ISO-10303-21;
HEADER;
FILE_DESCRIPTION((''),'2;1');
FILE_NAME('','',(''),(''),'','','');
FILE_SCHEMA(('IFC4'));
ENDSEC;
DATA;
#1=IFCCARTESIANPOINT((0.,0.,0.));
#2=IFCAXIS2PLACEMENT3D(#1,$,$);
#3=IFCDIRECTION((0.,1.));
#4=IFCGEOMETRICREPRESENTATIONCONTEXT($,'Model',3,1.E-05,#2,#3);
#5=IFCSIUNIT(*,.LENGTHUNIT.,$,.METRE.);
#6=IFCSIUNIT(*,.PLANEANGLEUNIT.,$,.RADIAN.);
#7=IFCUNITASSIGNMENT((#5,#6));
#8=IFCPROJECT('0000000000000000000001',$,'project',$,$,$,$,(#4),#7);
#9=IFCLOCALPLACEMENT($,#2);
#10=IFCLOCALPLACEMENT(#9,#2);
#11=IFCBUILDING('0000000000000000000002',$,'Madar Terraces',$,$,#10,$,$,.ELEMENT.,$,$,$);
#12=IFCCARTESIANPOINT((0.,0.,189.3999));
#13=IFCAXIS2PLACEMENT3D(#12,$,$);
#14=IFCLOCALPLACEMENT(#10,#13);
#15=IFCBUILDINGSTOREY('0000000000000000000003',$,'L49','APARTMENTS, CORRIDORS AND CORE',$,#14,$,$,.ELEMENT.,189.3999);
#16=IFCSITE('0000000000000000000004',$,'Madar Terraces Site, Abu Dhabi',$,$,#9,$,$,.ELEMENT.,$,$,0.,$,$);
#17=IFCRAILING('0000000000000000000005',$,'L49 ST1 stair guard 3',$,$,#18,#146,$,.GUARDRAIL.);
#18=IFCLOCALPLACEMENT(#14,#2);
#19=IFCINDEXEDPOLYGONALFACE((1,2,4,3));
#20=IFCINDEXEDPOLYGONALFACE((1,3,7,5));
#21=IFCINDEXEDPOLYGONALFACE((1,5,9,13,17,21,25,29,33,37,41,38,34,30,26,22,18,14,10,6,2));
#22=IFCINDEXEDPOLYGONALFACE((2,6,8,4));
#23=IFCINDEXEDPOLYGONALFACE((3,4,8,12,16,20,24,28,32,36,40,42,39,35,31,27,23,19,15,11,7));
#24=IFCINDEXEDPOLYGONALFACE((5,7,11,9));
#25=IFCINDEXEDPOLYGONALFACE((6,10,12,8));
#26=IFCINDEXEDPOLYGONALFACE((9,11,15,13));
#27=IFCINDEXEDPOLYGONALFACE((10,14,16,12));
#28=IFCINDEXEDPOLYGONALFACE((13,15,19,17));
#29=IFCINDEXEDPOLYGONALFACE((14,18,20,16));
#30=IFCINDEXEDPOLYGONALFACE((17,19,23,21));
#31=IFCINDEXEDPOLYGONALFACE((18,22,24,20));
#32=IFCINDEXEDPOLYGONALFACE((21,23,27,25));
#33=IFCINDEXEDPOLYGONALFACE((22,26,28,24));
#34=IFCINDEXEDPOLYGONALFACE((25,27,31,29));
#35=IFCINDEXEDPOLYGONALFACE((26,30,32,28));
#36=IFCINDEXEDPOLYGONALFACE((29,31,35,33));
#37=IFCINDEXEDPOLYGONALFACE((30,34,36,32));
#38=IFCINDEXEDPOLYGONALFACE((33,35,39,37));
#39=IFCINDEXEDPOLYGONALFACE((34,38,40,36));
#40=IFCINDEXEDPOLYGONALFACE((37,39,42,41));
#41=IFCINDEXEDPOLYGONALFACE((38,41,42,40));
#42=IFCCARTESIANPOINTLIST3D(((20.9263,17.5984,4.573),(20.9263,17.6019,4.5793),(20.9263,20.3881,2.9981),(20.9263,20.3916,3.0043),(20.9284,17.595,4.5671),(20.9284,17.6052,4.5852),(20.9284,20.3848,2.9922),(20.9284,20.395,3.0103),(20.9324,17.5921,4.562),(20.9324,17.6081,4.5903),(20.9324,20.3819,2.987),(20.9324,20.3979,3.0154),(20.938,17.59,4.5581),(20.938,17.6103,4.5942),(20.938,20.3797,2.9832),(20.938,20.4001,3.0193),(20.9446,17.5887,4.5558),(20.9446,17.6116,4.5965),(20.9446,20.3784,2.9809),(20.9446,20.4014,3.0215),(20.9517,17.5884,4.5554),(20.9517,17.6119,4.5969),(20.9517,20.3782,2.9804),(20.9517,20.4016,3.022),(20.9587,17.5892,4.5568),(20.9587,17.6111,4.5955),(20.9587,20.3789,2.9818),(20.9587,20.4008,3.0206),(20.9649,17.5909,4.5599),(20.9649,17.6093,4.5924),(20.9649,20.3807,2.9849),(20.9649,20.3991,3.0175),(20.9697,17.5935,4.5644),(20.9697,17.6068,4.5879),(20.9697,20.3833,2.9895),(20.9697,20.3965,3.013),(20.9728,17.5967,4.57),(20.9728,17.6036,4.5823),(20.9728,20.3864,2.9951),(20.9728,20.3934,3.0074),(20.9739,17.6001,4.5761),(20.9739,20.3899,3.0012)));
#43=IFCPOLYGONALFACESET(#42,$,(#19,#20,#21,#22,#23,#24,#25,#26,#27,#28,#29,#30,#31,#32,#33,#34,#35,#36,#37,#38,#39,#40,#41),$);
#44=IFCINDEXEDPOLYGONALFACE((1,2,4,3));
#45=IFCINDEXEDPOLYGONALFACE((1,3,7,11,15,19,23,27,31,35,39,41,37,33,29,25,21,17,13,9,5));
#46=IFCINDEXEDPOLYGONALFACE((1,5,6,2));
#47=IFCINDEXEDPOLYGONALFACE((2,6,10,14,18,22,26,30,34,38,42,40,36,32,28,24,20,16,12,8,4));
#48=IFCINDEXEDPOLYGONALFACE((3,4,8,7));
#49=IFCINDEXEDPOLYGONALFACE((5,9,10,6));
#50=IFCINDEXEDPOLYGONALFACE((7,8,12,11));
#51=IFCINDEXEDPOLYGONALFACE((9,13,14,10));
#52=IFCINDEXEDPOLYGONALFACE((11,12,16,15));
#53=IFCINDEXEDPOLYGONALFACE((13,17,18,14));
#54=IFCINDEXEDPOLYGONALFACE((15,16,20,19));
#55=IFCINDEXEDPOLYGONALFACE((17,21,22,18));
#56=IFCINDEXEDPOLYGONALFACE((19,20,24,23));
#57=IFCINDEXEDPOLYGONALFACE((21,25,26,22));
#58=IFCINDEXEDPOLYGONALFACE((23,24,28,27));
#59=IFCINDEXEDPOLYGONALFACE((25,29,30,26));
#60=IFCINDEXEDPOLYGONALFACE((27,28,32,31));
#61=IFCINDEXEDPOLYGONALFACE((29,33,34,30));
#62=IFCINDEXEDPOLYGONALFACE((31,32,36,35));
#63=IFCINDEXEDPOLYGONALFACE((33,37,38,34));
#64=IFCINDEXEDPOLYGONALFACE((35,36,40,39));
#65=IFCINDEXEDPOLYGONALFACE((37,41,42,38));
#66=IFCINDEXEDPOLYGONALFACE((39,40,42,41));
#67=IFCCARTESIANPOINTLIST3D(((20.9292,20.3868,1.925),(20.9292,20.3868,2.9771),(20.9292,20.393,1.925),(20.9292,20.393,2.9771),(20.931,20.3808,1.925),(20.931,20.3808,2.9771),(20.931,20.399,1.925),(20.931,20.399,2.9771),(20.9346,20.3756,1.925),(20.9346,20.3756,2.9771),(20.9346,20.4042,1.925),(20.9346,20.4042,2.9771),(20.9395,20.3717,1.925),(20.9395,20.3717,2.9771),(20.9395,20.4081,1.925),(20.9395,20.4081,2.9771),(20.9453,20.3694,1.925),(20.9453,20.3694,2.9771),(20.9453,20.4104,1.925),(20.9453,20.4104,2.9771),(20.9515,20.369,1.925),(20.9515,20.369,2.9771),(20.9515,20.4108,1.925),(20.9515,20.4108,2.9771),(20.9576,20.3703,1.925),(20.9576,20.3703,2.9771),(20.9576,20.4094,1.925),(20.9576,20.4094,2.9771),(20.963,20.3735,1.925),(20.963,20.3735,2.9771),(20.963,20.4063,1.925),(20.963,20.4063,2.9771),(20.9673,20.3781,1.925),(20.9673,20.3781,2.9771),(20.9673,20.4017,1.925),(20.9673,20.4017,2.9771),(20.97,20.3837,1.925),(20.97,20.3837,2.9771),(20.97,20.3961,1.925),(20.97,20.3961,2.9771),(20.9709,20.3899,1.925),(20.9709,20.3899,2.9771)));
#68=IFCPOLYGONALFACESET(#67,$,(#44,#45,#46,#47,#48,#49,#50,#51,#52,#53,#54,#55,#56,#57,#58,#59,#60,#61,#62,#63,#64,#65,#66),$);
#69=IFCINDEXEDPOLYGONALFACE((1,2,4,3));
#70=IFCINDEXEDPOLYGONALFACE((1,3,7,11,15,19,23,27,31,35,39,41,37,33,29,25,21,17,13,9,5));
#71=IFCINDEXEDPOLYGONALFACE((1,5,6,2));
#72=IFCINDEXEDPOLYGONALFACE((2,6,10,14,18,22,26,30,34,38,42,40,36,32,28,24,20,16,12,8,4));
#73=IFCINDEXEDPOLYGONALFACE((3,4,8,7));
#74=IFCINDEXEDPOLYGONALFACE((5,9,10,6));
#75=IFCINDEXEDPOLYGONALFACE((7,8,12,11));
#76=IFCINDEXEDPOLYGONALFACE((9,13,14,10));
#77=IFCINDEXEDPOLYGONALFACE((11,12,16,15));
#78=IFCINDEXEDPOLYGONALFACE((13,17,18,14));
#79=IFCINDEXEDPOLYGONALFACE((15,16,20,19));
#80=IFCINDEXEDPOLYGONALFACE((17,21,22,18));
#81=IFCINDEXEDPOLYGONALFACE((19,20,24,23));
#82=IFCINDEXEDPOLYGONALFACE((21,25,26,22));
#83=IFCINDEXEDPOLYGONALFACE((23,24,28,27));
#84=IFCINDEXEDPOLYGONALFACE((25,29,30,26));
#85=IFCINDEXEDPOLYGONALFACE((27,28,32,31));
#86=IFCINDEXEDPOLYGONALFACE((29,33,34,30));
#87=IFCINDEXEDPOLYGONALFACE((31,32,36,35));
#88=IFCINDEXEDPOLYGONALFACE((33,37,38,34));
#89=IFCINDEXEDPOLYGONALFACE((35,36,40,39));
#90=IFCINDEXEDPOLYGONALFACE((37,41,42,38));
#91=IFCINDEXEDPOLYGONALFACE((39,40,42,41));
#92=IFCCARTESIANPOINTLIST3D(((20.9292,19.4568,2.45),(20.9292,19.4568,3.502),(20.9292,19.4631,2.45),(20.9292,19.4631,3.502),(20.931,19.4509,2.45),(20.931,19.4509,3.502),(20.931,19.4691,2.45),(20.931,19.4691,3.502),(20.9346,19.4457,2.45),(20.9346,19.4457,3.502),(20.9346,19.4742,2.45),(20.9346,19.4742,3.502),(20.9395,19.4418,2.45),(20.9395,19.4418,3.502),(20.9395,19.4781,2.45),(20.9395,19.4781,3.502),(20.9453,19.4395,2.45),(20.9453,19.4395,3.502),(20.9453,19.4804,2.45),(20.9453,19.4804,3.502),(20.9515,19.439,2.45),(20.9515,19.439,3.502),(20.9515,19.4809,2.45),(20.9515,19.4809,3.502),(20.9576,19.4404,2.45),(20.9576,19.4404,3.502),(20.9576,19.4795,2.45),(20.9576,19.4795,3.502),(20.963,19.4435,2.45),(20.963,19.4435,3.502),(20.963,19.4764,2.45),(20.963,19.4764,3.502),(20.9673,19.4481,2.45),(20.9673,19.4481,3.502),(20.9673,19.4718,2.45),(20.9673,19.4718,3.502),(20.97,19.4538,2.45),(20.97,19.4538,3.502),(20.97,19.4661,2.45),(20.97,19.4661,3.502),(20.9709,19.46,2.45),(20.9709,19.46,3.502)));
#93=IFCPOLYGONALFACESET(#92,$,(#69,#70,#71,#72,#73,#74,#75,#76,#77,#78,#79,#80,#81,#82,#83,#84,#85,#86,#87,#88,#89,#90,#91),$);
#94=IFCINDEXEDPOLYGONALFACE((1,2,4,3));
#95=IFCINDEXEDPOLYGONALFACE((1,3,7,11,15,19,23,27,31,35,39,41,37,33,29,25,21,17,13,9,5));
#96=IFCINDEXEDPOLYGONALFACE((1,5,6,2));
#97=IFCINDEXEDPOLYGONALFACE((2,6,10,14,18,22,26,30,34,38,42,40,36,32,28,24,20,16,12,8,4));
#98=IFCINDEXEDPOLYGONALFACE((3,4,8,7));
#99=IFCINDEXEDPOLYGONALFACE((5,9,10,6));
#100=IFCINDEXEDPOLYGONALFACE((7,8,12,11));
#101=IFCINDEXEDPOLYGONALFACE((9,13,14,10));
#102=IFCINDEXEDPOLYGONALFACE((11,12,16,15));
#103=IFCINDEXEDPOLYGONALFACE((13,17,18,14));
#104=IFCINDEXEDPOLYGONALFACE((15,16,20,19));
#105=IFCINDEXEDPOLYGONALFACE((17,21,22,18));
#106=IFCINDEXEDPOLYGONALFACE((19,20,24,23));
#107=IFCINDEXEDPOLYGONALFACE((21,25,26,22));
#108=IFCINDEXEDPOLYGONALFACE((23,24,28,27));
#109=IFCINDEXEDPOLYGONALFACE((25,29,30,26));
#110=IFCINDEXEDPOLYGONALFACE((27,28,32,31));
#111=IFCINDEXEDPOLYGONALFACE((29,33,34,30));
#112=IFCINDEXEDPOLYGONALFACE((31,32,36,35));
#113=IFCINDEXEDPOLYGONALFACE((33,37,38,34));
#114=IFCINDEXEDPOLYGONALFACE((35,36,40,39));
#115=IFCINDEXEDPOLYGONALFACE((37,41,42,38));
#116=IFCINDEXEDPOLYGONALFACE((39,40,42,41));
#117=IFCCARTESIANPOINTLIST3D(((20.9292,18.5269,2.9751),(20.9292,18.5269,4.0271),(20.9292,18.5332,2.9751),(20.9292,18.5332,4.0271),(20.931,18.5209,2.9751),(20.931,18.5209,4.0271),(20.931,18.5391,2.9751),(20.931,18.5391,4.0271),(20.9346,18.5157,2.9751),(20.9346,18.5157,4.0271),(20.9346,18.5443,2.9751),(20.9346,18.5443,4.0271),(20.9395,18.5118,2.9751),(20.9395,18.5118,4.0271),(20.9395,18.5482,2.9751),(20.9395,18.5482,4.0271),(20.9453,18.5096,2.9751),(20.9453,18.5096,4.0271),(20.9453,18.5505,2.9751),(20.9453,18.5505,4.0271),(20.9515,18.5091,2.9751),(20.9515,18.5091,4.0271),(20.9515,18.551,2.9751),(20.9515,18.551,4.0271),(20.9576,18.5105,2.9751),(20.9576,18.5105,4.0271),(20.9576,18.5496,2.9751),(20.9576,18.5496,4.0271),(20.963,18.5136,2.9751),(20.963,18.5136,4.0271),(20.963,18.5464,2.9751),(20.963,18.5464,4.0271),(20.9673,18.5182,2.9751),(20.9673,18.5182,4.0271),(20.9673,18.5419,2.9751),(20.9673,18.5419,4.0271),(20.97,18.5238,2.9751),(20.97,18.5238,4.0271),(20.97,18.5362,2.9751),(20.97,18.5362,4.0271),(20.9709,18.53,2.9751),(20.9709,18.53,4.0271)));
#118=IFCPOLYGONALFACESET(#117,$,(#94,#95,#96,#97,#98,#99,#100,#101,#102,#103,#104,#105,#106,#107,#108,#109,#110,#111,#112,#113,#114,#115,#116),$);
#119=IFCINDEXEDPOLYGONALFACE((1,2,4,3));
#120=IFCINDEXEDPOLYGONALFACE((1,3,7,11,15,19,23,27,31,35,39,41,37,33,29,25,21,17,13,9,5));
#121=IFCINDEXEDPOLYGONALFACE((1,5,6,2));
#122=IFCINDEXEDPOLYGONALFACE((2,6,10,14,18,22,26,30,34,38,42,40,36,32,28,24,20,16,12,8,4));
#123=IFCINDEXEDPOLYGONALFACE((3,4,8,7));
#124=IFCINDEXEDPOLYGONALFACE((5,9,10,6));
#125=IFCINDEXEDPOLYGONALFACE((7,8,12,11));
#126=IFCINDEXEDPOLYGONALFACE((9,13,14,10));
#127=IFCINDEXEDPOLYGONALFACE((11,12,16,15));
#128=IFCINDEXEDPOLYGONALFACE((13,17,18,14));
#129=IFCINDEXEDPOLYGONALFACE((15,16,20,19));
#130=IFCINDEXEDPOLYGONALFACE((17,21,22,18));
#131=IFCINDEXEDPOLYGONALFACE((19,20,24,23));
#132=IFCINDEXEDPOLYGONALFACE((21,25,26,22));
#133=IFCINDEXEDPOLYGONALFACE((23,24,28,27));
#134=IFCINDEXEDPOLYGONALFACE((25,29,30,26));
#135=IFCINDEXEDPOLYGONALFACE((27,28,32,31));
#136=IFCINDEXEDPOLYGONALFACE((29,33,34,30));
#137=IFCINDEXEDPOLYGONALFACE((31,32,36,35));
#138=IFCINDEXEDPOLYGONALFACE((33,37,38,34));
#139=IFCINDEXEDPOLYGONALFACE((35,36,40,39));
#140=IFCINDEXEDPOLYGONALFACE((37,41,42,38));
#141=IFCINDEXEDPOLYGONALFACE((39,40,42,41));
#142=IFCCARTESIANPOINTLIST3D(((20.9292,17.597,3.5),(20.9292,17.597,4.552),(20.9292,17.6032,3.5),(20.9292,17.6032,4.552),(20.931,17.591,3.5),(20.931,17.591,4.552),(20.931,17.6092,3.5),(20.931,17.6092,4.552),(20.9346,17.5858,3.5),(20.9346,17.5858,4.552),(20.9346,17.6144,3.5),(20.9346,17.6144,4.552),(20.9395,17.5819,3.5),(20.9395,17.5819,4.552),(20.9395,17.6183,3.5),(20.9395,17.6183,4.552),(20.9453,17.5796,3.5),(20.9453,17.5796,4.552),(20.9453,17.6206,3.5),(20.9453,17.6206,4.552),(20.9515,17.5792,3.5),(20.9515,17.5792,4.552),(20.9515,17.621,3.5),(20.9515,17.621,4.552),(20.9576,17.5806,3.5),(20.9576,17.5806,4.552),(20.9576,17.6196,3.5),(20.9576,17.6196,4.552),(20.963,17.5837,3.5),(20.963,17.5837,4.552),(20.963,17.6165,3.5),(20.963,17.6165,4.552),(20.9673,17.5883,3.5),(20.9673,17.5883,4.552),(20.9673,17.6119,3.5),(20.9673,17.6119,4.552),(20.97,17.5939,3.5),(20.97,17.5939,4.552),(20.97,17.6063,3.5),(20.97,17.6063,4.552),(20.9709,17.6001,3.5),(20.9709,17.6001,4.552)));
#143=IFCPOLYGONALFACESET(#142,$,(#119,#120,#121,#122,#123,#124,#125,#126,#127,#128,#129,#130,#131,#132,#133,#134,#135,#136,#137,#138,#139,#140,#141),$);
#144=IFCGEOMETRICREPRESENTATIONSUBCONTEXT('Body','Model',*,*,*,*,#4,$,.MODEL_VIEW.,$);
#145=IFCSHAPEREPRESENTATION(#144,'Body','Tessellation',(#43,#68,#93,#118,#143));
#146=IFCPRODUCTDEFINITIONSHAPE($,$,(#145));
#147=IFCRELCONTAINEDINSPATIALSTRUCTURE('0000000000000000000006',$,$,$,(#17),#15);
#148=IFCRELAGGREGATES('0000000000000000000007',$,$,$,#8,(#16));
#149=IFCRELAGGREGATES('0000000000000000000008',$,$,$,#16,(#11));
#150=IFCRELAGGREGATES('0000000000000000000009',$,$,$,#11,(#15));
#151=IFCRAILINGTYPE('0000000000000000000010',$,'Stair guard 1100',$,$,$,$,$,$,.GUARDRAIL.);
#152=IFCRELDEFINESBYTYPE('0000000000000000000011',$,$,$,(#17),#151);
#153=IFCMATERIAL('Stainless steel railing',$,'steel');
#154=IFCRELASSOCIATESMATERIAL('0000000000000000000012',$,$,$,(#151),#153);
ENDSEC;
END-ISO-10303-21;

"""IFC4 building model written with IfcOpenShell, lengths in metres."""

from ifc_helpers import new_model, si_unit, direction, frame, origin, origin_2d, place, context, subcontext, project, spatial, circle, extrude, material, type_object, element, save


model = new_model("IFC4")

# Units and contexts
model_context = context("Model", 3, precision=1e-05, world=origin(), true_north=direction((0.0, 1.0)))
body_context = subcontext(model_context, "Body", "Model", "MODEL_VIEW")
ifc_project = project(units=[si_unit("LENGTHUNIT", "METRE"), si_unit("PLANEANGLEUNIT", "RADIAN")], contexts=[model_context])

# Site, building, storey
site_placement = place(None, origin())
site = spatial("IfcSite", under=ifc_project, at=site_placement, Name="Madar Terraces Site, Abu Dhabi", CompositionType="ELEMENT", RefElevation=0.0)
building_placement = place(site_placement, origin())
building = spatial("IfcBuilding", under=site, at=building_placement, Name="Madar Terraces", CompositionType="ELEMENT")
storey_placement = place(building_placement, frame((0.0, 0.0, 189.3999)))
storey = spatial("IfcBuildingStorey", under=building, at=storey_placement, Name="L49", Description="APARTMENTS, CORRIDORS AND CORE", CompositionType="ELEMENT", Elevation=189.3999)

# Railing
ifc_material_1 = material(Name="Stainless steel railing", Category="steel")
railing_type_1 = type_object("IfcRailingType", Name="Stair guard 1100", PredefinedType="GUARDRAIL", material=ifc_material_1)
railing_1_placement = place(storey_placement, frame((20.95, 20.3899, 1.925)))
element("IfcRailing", 1, at=railing_1_placement, inside=storey, type_object=railing_type_1, Name="L49 ST1 stair guard 3", PredefinedType="GUARDRAIL", context=body_context, shape_type="SweptSolid", body=[
    extrude(circle(Radius=0.0239, at=origin_2d()), frame((0.0, 0.0, 1.0762), z_axis=(0.0, -0.870815, 0.49161), x_axis=(1.0, 0.0, 0.0)), (0.0, 0.0, 1.0), 3.2036),
    extrude(circle(Radius=0.021, at=origin_2d()), origin(), (0.0, 0.0, 1.0), 1.052),
    extrude(circle(Radius=0.021, at=origin_2d()), frame((0.0, -0.9299, 0.5249)), (0.0, 0.0, 1.0), 1.052),
    extrude(circle(Radius=0.021, at=origin_2d()), frame((0.0, -1.8599, 1.05)), (0.0, 0.0, 1.0), 1.052),
    extrude(circle(Radius=0.021, at=origin_2d()), frame((0.0, -2.7898, 1.575)), (0.0, 0.0, 1.0), 1.052),
])

save(model, "model.ifc")
